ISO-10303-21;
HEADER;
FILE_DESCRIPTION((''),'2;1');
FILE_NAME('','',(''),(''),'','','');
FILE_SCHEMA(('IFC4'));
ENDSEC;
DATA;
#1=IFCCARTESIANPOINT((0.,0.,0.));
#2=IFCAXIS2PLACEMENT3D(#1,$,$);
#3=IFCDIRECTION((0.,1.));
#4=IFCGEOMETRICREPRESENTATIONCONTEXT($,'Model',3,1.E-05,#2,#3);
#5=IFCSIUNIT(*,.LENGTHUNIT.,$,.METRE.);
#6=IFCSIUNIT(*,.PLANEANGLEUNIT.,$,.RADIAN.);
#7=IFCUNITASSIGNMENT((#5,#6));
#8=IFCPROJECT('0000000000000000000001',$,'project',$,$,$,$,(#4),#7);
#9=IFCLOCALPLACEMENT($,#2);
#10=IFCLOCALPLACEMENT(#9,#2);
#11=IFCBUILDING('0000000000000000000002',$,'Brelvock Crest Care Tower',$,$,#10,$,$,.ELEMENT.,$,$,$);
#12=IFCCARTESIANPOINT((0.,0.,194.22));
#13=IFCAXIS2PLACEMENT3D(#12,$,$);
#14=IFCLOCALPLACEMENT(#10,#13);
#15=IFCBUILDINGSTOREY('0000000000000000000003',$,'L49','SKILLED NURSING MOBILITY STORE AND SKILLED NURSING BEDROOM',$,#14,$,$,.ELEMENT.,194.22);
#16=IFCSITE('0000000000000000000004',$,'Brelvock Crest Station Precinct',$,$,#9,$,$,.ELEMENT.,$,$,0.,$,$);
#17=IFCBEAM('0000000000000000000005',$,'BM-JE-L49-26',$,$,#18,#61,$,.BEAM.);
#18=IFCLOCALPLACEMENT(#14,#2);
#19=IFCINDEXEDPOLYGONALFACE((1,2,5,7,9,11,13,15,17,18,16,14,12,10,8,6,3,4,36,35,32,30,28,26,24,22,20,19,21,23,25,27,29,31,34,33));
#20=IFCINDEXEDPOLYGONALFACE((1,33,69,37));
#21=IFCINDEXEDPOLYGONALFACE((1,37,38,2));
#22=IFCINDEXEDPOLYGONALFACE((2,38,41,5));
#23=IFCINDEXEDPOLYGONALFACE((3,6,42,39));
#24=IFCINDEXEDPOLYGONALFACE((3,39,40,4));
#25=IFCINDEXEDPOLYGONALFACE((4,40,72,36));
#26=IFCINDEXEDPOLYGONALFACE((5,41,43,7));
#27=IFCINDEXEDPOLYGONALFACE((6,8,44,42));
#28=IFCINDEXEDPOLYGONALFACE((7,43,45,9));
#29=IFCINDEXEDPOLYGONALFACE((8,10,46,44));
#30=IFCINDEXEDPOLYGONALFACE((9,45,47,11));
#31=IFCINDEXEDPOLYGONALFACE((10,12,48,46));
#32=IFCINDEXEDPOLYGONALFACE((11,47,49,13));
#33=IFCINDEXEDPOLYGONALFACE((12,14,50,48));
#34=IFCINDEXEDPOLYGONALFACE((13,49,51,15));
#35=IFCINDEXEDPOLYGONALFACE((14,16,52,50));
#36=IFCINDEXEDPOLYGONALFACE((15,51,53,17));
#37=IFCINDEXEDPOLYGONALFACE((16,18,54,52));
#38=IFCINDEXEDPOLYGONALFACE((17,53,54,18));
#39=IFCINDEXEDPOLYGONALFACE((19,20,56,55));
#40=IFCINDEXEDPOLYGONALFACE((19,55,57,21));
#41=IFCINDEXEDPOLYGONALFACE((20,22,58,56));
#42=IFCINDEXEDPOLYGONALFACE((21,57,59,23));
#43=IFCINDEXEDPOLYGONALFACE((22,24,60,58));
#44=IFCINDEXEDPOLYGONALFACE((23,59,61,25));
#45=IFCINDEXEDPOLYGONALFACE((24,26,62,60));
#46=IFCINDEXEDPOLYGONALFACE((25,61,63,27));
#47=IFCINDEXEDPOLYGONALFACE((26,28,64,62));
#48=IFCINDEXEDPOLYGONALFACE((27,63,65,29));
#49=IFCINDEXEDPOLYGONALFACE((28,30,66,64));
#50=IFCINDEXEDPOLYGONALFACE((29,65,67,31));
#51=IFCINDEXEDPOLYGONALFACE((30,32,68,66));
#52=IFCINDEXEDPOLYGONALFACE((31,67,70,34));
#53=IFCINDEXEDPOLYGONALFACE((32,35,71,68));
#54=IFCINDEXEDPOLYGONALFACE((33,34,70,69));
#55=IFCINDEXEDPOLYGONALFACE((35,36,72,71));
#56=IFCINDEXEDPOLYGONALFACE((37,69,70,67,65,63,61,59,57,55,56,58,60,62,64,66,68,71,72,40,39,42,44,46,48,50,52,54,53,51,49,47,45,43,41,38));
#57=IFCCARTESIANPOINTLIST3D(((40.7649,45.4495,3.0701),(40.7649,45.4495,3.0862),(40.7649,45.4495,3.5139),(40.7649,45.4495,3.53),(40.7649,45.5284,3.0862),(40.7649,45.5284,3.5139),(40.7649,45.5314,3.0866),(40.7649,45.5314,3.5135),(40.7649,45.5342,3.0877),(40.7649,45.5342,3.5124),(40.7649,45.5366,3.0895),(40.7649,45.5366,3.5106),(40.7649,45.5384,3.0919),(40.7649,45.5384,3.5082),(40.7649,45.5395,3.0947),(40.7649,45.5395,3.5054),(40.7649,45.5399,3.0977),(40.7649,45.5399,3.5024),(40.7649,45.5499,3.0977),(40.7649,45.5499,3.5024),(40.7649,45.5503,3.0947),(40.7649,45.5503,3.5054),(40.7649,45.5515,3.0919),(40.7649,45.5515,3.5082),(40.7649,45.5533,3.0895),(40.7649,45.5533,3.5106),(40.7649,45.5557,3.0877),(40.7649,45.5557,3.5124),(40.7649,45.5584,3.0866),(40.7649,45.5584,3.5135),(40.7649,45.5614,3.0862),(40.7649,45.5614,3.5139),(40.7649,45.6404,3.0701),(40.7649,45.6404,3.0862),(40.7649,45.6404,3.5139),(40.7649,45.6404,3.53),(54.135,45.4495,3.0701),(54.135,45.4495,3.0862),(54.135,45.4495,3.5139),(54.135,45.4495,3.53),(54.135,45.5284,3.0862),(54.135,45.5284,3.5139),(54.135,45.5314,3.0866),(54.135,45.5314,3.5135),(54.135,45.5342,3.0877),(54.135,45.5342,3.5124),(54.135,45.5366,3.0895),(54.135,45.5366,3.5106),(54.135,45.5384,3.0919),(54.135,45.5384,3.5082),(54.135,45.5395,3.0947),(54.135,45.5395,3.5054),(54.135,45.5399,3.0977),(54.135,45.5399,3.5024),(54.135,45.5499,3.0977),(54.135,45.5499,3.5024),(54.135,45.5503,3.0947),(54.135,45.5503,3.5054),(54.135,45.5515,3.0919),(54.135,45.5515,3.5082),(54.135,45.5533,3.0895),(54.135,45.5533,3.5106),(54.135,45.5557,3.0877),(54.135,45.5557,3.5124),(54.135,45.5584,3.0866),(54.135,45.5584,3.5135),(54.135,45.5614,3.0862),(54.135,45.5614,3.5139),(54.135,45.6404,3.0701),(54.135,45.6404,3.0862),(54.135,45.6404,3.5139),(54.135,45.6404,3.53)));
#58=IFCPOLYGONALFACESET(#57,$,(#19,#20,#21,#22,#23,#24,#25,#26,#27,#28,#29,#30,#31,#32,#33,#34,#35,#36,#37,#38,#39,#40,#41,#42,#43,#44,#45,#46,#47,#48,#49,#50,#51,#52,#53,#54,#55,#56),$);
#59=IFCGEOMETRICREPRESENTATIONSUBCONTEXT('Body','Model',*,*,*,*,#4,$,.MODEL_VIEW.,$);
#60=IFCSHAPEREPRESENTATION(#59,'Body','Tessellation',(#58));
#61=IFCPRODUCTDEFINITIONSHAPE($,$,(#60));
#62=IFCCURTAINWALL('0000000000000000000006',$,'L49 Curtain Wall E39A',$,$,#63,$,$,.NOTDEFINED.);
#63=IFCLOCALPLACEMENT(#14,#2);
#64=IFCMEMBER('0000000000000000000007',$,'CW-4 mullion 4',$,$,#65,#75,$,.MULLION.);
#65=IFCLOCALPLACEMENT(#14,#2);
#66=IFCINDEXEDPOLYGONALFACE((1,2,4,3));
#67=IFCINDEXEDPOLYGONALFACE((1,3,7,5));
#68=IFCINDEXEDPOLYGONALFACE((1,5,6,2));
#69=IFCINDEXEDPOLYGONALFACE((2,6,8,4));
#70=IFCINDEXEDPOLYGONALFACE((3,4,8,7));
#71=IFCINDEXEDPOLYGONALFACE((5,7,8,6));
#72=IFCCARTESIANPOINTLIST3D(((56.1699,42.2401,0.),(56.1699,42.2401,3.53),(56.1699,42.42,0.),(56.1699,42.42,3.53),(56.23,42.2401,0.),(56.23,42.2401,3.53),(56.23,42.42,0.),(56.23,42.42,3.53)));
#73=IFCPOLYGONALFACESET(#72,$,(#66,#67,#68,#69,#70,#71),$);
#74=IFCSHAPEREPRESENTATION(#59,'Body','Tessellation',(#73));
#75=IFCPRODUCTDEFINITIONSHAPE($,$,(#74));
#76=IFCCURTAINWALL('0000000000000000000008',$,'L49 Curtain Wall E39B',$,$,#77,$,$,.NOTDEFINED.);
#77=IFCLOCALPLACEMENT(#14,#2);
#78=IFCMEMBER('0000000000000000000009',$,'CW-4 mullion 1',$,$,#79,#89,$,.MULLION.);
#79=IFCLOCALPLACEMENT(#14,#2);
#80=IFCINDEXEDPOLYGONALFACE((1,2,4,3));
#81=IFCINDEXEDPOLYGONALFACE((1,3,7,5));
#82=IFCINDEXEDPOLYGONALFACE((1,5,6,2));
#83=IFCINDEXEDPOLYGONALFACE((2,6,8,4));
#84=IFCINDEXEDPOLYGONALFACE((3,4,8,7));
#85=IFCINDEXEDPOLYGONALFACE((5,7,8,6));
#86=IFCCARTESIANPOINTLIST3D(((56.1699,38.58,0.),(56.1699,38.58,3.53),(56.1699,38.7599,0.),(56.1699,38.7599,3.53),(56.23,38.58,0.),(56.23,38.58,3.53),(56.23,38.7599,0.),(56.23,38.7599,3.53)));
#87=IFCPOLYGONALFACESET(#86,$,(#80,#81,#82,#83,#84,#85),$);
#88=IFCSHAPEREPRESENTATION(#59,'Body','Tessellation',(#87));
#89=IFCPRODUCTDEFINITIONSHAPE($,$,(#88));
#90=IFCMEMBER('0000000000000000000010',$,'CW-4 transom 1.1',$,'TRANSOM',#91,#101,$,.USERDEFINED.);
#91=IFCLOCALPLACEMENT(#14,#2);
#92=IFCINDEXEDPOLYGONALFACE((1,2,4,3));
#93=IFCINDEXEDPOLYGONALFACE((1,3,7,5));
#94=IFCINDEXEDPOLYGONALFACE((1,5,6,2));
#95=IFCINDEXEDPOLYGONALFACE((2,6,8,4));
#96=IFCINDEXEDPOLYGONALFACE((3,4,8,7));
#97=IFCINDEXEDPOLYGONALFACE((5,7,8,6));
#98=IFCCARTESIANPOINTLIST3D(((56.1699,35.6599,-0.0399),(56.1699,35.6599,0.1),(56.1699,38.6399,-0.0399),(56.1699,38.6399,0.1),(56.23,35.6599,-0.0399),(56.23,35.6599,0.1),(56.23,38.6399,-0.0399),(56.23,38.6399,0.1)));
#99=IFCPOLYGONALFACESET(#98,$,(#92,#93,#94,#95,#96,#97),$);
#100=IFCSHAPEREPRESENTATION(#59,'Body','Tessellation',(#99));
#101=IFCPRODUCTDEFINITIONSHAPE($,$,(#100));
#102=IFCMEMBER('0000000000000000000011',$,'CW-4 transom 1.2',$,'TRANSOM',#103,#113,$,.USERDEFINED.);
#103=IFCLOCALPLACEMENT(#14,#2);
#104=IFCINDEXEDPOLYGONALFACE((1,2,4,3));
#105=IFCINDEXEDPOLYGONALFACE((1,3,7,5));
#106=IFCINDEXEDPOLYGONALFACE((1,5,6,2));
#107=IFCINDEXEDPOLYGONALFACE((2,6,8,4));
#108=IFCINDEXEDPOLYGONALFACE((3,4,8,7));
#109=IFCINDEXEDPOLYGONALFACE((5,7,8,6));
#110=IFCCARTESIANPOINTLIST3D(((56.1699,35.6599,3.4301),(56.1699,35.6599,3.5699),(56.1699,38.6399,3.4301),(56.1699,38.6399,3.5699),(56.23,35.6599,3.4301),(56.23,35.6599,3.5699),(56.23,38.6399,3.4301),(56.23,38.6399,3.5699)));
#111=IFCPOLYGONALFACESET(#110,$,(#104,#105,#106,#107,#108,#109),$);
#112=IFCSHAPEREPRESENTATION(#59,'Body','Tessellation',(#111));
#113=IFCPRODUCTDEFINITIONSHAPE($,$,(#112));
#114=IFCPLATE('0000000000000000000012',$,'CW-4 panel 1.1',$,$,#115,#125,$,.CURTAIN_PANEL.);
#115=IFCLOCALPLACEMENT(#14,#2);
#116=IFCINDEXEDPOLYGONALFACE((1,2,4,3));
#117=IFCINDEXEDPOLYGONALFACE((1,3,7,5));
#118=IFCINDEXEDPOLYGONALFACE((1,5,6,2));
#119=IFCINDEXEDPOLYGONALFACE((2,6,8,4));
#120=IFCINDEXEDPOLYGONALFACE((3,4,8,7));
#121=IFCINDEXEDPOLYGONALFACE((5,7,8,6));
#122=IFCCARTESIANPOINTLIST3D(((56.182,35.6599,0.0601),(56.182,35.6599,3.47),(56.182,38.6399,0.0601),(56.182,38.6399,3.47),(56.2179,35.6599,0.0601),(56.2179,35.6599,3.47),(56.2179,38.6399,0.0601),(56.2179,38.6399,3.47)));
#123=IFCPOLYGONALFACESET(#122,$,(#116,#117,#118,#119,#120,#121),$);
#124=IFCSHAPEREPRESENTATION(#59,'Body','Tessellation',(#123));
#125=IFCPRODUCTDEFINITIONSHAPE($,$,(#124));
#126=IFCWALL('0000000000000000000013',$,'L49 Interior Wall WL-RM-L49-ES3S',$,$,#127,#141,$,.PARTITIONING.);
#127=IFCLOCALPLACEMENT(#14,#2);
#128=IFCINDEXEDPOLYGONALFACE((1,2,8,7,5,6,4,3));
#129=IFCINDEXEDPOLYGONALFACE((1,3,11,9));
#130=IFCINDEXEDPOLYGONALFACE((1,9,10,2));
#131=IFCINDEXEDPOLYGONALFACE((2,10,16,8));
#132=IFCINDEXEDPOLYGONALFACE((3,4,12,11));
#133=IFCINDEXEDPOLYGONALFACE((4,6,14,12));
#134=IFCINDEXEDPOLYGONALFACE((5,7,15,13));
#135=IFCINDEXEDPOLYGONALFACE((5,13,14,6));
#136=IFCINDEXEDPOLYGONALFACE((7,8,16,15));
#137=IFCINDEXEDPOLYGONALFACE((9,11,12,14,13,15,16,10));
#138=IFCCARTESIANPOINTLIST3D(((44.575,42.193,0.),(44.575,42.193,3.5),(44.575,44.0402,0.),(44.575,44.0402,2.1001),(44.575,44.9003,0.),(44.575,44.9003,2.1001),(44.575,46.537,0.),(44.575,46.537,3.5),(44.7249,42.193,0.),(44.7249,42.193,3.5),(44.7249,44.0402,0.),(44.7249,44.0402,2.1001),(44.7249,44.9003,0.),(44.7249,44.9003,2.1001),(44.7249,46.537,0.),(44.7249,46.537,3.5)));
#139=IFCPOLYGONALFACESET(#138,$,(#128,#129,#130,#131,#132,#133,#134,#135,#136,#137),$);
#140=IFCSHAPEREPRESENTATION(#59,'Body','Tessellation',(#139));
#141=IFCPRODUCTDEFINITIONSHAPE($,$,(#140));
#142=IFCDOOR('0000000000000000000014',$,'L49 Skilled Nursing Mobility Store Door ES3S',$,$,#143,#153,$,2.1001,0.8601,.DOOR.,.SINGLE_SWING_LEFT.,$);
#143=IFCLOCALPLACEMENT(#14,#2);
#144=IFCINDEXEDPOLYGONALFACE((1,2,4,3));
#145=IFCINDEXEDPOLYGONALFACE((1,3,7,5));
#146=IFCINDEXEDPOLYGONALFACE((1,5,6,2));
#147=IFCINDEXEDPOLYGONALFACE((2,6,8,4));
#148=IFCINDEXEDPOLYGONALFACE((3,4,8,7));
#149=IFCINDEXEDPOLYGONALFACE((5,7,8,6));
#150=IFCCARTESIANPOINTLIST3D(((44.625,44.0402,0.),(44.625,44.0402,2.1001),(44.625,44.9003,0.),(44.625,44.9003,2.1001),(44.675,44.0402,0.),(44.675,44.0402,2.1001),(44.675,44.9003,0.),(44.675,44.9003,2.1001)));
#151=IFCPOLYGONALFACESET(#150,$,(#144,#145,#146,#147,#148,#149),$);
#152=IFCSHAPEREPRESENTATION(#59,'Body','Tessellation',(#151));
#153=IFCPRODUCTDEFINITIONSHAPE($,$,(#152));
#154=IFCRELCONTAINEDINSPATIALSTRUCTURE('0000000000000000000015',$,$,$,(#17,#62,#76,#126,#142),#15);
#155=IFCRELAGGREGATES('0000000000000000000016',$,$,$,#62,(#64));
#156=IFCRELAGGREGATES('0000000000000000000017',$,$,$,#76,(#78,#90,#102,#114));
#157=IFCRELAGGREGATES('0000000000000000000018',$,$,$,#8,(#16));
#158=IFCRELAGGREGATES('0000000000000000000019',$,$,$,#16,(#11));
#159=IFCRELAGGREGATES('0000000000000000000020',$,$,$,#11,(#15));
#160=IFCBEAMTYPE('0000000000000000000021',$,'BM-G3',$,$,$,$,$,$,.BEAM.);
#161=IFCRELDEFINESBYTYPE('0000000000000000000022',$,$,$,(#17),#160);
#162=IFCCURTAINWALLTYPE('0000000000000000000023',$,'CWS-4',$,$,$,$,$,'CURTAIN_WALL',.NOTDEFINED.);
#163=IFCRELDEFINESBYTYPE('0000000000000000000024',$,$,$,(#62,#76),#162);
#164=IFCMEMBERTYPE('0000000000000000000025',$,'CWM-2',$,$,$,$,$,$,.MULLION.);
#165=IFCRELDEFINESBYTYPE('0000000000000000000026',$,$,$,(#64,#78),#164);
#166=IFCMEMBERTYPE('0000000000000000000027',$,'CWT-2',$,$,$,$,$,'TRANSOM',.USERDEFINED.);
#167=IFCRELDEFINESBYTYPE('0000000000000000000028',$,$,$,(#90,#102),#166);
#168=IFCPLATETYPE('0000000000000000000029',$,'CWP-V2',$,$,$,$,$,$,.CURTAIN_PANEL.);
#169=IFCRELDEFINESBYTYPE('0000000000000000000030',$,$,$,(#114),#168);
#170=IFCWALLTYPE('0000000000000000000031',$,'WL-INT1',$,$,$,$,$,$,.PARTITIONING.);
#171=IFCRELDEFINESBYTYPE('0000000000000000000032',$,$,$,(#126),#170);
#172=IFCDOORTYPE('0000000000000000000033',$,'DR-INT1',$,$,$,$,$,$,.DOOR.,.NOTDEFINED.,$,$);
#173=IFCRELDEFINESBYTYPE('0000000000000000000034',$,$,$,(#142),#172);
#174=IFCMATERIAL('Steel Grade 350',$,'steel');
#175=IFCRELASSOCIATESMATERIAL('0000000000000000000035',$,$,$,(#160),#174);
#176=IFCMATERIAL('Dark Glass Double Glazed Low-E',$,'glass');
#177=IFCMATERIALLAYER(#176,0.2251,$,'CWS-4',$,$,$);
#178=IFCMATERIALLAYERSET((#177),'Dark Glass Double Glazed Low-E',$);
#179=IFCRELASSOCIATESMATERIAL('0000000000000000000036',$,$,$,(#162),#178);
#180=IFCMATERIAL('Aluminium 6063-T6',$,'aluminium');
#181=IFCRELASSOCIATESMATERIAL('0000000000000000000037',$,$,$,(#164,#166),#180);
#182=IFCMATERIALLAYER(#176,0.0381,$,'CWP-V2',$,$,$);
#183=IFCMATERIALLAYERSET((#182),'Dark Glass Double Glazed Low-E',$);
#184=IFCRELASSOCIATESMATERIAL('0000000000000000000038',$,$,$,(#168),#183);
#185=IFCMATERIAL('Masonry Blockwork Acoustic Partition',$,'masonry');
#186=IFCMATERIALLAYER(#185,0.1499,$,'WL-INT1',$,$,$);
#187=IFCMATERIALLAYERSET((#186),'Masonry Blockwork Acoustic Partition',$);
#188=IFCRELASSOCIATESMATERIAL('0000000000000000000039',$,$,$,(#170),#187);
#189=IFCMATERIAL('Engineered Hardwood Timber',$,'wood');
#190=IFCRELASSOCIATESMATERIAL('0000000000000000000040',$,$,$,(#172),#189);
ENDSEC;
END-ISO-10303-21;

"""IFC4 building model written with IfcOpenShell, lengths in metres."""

from ifc_helpers import new_model, si_unit, direction, frame, frame_2d, origin, origin_2d, place, context, subcontext, project, spatial, rectangle, i_section, extrude, source, transform, mapped, material, layer, layer_set, material_profile, profile_set, type_object, element, fill, aggregate, save


model = new_model("IFC4")

# Units and contexts
model_context = context("Model", 3, precision=1e-05, world=origin(), true_north=direction((0.0, 1.0)))
body_context = subcontext(model_context, "Body", "Model", "MODEL_VIEW")
ifc_project = project(units=[si_unit("LENGTHUNIT", "METRE"), si_unit("PLANEANGLEUNIT", "RADIAN")], contexts=[model_context])

# Site, building, storey
site_placement = place(None, origin())
site = spatial("IfcSite", under=ifc_project, at=site_placement, Name="Brelvock Crest Station Precinct", CompositionType="ELEMENT", RefElevation=0.0)
building_placement = place(site_placement, origin())
building = spatial("IfcBuilding", under=site, at=building_placement, Name="Brelvock Crest Care Tower", CompositionType="ELEMENT")
storey_placement = place(building_placement, frame((0.0, 0.0, 194.22)))
storey = spatial("IfcBuildingStorey", under=building, at=storey_placement, Name="L49", Description="SKILLED NURSING MOBILITY STORE AND SKILLED NURSING BEDROOM", CompositionType="ELEMENT", Elevation=194.22)

# Shared definitions
ifc_material_1 = material(Name="Steel Grade 350", Category="steel")

# Beam
ifc_material_profile_1 = material_profile(ifc_material_1, i_section(OverallWidth=0.1909, OverallDepth=0.46, WebThickness=0.01, FlangeThickness=0.0161, FilletRadius=0.0115, at=origin_2d()), Name="460UB82.1")
ifc_profile_set_1 = profile_set([ifc_material_profile_1], Name="Steel Grade 350")
beam_type_1 = type_object("IfcBeamType", Name="BM-G3", PredefinedType="BEAM", material=ifc_profile_set_1)
shared_shape_1 = source(origin(), body_context, "Body", "SweptSolid", [
    extrude(i_section(OverallWidth=0.1909, OverallDepth=0.46, WebThickness=0.01, FlangeThickness=0.0161, FilletRadius=0.0115, at=origin_2d()), origin(), (0.0, 0.0, 1.0), 13.3701),
])
for number, where, z_axis, x_axis, name in (
    (1, (40.7649, 45.5449, 3.3), (1.0, 0.0, 0.0), (0.0, 1.0, 0.0), "BM-JE-L49-26"),
):
    element("IfcBeam", number, at=place(storey_placement, frame(where, z_axis=z_axis, x_axis=x_axis)), inside=storey, type_object=beam_type_1, Name=name, PredefinedType="BEAM", context=body_context, shape_type="MappedRepresentation", body=[
        mapped(shared_shape_1, transform((0.0, 0.0, 0.0), x_axis=(1.0, 0.0, 0.0), y_axis=(0.0, 1.0, 0.0), z_axis=(0.0, 0.0, 1.0), scale=1.0)),
    ])

# Curtain wall, member
ifc_material_2 = material(Name="Dark Glass Double Glazed Low-E", Category="glass")
ifc_layer_1 = layer(ifc_material_2, 0.2251, Name="CWS-4")
ifc_layer_set_1 = layer_set([ifc_layer_1], Name="Dark Glass Double Glazed Low-E")
curtain_wall_type = type_object("IfcCurtainWallType", Name="CWS-4", ElementType="CURTAIN_WALL", PredefinedType="NOTDEFINED", material=ifc_layer_set_1)
curtain_wall_1_placement = place(storey_placement, origin())
curtain_wall_1 = element("IfcCurtainWall", 2, at=curtain_wall_1_placement, inside=storey, type_object=curtain_wall_type, Name="L49 Curtain Wall E39A", PredefinedType="NOTDEFINED")
ifc_material_3 = material(Name="Aluminium 6063-T6", Category="aluminium")
ifc_material_profile_2 = material_profile(ifc_material_3, rectangle(XDim=0.0601, YDim=0.1799, at=origin_2d()), Name="ALU60x180")
ifc_profile_set_2 = profile_set([ifc_material_profile_2], Name="Aluminium 6063-T6")
member_type_1 = type_object("IfcMemberType", Name="CWM-2", PredefinedType="MULLION", material=ifc_profile_set_2)
shared_shape_2 = source(origin(), body_context, "Body", "SweptSolid", [
    extrude(rectangle(XDim=0.0601, YDim=0.1799, at=origin_2d()), origin(), (0.0, 0.0, 1.0), 3.53),
])
member_1_placement = place(storey_placement, frame((56.2, 42.3301, 0.0), z_axis=(0.0, 0.0, 1.0), x_axis=(1.0, 0.0, 0.0)))
member_1 = element("IfcMember", 3, at=member_1_placement, type_object=member_type_1, Name="CW-4 mullion 4", PredefinedType="MULLION", context=body_context, shape_type="MappedRepresentation", body=[
    mapped(shared_shape_2, transform((0.0, 0.0, 0.0), x_axis=(1.0, 0.0, 0.0), y_axis=(0.0, 1.0, 0.0), z_axis=(0.0, 0.0, 1.0), scale=1.0)),
])
aggregate(curtain_wall_1, [member_1])

# Curtain wall, members, plate
curtain_wall_2_placement = place(storey_placement, origin())
curtain_wall_2 = element("IfcCurtainWall", 4, at=curtain_wall_2_placement, inside=storey, type_object=curtain_wall_type, Name="L49 Curtain Wall E39B", PredefinedType="NOTDEFINED")
member_2_placement = place(storey_placement, frame((56.2, 38.6699, 0.0), z_axis=(0.0, 0.0, 1.0), x_axis=(1.0, 0.0, 0.0)))
member_2 = element("IfcMember", 5, at=member_2_placement, type_object=member_type_1, Name="CW-4 mullion 1", PredefinedType="MULLION", context=body_context, shape_type="MappedRepresentation", body=[
    mapped(shared_shape_2, transform((0.0, 0.0, 0.0), x_axis=(1.0, 0.0, 0.0), y_axis=(0.0, 1.0, 0.0), z_axis=(0.0, 0.0, 1.0), scale=1.0)),
])
ifc_material_profile_3 = material_profile(ifc_material_3, rectangle(XDim=0.0601, YDim=0.1399, at=origin_2d()), Name="ALU60x140")
ifc_profile_set_3 = profile_set([ifc_material_profile_3], Name="Aluminium 6063-T6")
member_type_2 = type_object("IfcMemberType", Name="CWT-2", ElementType="TRANSOM", PredefinedType="USERDEFINED", material=ifc_profile_set_3)
shared_shape_3 = source(origin(), body_context, "Body", "SweptSolid", [
    extrude(rectangle(XDim=0.0601, YDim=0.1399, at=origin_2d()), origin(), (0.0, 0.0, 1.0), 2.98),
])
member_3_placement = place(storey_placement, frame((56.2, 38.6399, 0.03), z_axis=(0.0, -1.0, 0.0), x_axis=(1.0, 0.0, 0.0)))
member_3 = element("IfcMember", 6, at=member_3_placement, type_object=member_type_2, Name="CW-4 transom 1.1", ObjectType="TRANSOM", PredefinedType="USERDEFINED", context=body_context, shape_type="MappedRepresentation", body=[
    mapped(shared_shape_3, transform((0.0, 0.0, 0.0), x_axis=(1.0, 0.0, 0.0), y_axis=(0.0, 1.0, 0.0), z_axis=(0.0, 0.0, 1.0), scale=1.0)),
])
member_4_placement = place(storey_placement, frame((56.2, 38.6399, 3.5), z_axis=(0.0, -1.0, 0.0), x_axis=(1.0, 0.0, 0.0)))
member_4 = element("IfcMember", 7, at=member_4_placement, type_object=member_type_2, Name="CW-4 transom 1.2", ObjectType="TRANSOM", PredefinedType="USERDEFINED", context=body_context, shape_type="MappedRepresentation", body=[
    mapped(shared_shape_3, transform((0.0, 0.0, 0.0), x_axis=(1.0, 0.0, 0.0), y_axis=(0.0, 1.0, 0.0), z_axis=(0.0, 0.0, 1.0), scale=1.0)),
])
ifc_layer_2 = layer(ifc_material_2, 0.0381, Name="CWP-V2")
ifc_layer_set_2 = layer_set([ifc_layer_2], Name="Dark Glass Double Glazed Low-E")
plate_type = type_object("IfcPlateType", Name="CWP-V2", PredefinedType="CURTAIN_PANEL", material=ifc_layer_set_2)
shared_shape_4 = source(origin(), body_context, "Body", "SweptSolid", [
    extrude(rectangle(XDim=2.98, YDim=0.0359, at=origin_2d()), origin(), (0.0, 0.0, 1.0), 3.4099),
])
plate_placement = place(storey_placement, frame((56.2, 37.1499, 0.0601), z_axis=(0.0, 0.0, 1.0), x_axis=(0.0, -1.0, 0.0)))
plate = element("IfcPlate", 8, at=plate_placement, type_object=plate_type, Name="CW-4 panel 1.1", PredefinedType="CURTAIN_PANEL", context=body_context, shape_type="MappedRepresentation", body=[
    mapped(shared_shape_4, transform((0.0, 0.0, 0.0), x_axis=(1.0, 0.0, 0.0), y_axis=(0.0, 1.0, 0.0), z_axis=(0.0, 0.0, 1.0), scale=1.0)),
])
aggregate(curtain_wall_2, [member_2, member_3, member_4, plate])

# Wall, opening, door
ifc_material_4 = material(Name="Masonry Blockwork Acoustic Partition", Category="masonry")
ifc_layer_3 = layer(ifc_material_4, 0.1499, Name="WL-INT1")
ifc_layer_set_3 = layer_set([ifc_layer_3], Name="Masonry Blockwork Acoustic Partition")
wall_type_1 = type_object("IfcWallType", Name="WL-INT1", PredefinedType="PARTITIONING", material=ifc_layer_set_3)
wall_1_placement = place(storey_placement, frame((44.6499, 42.1931, 0.0), z_axis=(0.0, 0.0, 1.0), x_axis=(0.0, 1.0, 0.0)))
wall_1 = element("IfcWall", 9, at=wall_1_placement, inside=storey, type_object=wall_type_1, Name="L49 Interior Wall WL-RM-L49-ES3S", PredefinedType="PARTITIONING", context=body_context, shape_type="SweptSolid", body=[
    extrude(rectangle(XDim=4.344, YDim=0.1499, at=frame_2d((2.1719, 0.0))), origin(), (0.0, 0.0, 1.0), 3.5),
])
opening_1_placement = place(wall_1_placement, frame((1.8469, 0.0, 0.0)))
opening_1 = element("IfcOpeningElement", 10, at=opening_1_placement, cuts=wall_1, PredefinedType="OPENING", context=body_context, shape_type="SweptSolid", body=[
    extrude(rectangle(XDim=0.8601, YDim=2.1001, at=origin_2d()), frame((0.4302, 0.085, 1.05), z_axis=(0.0, -1.0, 0.0), x_axis=(1.0, 0.0, 0.0)), (0.0, 0.0, 1.0), 0.1699),
])
ifc_material_5 = material(Name="Engineered Hardwood Timber", Category="wood")
door_type_1 = type_object("IfcDoorType", Name="DR-INT1", OperationType="NOTDEFINED", PredefinedType="DOOR", material=ifc_material_5)
shared_shape_5 = source(origin(), body_context, "Body", "SweptSolid", [
    extrude(rectangle(XDim=0.8601, YDim=2.1001, at=origin_2d()), frame((0.4302, 0.0249, 1.05), z_axis=(0.0, -1.0, 0.0), x_axis=(1.0, 0.0, 0.0)), (0.0, 0.0, 1.0), 0.05),
])
door_1_placement = place(opening_1_placement, origin())
door_1 = element("IfcDoor", 11, at=door_1_placement, inside=storey, type_object=door_type_1, Name="L49 Skilled Nursing Mobility Store Door ES3S", OperationType="SINGLE_SWING_LEFT", OverallHeight=2.1001, OverallWidth=0.8601, PredefinedType="DOOR", context=body_context, shape_type="MappedRepresentation", body=[
    mapped(shared_shape_5, transform((0.0, 0.0, 0.0), x_axis=(1.0, 0.0, 0.0), y_axis=(0.0, 1.0, 0.0), z_axis=(0.0, 0.0, 1.0), scale=1.0)),
])
fill(opening_1, door_1)

save(model, "model.ifc")
